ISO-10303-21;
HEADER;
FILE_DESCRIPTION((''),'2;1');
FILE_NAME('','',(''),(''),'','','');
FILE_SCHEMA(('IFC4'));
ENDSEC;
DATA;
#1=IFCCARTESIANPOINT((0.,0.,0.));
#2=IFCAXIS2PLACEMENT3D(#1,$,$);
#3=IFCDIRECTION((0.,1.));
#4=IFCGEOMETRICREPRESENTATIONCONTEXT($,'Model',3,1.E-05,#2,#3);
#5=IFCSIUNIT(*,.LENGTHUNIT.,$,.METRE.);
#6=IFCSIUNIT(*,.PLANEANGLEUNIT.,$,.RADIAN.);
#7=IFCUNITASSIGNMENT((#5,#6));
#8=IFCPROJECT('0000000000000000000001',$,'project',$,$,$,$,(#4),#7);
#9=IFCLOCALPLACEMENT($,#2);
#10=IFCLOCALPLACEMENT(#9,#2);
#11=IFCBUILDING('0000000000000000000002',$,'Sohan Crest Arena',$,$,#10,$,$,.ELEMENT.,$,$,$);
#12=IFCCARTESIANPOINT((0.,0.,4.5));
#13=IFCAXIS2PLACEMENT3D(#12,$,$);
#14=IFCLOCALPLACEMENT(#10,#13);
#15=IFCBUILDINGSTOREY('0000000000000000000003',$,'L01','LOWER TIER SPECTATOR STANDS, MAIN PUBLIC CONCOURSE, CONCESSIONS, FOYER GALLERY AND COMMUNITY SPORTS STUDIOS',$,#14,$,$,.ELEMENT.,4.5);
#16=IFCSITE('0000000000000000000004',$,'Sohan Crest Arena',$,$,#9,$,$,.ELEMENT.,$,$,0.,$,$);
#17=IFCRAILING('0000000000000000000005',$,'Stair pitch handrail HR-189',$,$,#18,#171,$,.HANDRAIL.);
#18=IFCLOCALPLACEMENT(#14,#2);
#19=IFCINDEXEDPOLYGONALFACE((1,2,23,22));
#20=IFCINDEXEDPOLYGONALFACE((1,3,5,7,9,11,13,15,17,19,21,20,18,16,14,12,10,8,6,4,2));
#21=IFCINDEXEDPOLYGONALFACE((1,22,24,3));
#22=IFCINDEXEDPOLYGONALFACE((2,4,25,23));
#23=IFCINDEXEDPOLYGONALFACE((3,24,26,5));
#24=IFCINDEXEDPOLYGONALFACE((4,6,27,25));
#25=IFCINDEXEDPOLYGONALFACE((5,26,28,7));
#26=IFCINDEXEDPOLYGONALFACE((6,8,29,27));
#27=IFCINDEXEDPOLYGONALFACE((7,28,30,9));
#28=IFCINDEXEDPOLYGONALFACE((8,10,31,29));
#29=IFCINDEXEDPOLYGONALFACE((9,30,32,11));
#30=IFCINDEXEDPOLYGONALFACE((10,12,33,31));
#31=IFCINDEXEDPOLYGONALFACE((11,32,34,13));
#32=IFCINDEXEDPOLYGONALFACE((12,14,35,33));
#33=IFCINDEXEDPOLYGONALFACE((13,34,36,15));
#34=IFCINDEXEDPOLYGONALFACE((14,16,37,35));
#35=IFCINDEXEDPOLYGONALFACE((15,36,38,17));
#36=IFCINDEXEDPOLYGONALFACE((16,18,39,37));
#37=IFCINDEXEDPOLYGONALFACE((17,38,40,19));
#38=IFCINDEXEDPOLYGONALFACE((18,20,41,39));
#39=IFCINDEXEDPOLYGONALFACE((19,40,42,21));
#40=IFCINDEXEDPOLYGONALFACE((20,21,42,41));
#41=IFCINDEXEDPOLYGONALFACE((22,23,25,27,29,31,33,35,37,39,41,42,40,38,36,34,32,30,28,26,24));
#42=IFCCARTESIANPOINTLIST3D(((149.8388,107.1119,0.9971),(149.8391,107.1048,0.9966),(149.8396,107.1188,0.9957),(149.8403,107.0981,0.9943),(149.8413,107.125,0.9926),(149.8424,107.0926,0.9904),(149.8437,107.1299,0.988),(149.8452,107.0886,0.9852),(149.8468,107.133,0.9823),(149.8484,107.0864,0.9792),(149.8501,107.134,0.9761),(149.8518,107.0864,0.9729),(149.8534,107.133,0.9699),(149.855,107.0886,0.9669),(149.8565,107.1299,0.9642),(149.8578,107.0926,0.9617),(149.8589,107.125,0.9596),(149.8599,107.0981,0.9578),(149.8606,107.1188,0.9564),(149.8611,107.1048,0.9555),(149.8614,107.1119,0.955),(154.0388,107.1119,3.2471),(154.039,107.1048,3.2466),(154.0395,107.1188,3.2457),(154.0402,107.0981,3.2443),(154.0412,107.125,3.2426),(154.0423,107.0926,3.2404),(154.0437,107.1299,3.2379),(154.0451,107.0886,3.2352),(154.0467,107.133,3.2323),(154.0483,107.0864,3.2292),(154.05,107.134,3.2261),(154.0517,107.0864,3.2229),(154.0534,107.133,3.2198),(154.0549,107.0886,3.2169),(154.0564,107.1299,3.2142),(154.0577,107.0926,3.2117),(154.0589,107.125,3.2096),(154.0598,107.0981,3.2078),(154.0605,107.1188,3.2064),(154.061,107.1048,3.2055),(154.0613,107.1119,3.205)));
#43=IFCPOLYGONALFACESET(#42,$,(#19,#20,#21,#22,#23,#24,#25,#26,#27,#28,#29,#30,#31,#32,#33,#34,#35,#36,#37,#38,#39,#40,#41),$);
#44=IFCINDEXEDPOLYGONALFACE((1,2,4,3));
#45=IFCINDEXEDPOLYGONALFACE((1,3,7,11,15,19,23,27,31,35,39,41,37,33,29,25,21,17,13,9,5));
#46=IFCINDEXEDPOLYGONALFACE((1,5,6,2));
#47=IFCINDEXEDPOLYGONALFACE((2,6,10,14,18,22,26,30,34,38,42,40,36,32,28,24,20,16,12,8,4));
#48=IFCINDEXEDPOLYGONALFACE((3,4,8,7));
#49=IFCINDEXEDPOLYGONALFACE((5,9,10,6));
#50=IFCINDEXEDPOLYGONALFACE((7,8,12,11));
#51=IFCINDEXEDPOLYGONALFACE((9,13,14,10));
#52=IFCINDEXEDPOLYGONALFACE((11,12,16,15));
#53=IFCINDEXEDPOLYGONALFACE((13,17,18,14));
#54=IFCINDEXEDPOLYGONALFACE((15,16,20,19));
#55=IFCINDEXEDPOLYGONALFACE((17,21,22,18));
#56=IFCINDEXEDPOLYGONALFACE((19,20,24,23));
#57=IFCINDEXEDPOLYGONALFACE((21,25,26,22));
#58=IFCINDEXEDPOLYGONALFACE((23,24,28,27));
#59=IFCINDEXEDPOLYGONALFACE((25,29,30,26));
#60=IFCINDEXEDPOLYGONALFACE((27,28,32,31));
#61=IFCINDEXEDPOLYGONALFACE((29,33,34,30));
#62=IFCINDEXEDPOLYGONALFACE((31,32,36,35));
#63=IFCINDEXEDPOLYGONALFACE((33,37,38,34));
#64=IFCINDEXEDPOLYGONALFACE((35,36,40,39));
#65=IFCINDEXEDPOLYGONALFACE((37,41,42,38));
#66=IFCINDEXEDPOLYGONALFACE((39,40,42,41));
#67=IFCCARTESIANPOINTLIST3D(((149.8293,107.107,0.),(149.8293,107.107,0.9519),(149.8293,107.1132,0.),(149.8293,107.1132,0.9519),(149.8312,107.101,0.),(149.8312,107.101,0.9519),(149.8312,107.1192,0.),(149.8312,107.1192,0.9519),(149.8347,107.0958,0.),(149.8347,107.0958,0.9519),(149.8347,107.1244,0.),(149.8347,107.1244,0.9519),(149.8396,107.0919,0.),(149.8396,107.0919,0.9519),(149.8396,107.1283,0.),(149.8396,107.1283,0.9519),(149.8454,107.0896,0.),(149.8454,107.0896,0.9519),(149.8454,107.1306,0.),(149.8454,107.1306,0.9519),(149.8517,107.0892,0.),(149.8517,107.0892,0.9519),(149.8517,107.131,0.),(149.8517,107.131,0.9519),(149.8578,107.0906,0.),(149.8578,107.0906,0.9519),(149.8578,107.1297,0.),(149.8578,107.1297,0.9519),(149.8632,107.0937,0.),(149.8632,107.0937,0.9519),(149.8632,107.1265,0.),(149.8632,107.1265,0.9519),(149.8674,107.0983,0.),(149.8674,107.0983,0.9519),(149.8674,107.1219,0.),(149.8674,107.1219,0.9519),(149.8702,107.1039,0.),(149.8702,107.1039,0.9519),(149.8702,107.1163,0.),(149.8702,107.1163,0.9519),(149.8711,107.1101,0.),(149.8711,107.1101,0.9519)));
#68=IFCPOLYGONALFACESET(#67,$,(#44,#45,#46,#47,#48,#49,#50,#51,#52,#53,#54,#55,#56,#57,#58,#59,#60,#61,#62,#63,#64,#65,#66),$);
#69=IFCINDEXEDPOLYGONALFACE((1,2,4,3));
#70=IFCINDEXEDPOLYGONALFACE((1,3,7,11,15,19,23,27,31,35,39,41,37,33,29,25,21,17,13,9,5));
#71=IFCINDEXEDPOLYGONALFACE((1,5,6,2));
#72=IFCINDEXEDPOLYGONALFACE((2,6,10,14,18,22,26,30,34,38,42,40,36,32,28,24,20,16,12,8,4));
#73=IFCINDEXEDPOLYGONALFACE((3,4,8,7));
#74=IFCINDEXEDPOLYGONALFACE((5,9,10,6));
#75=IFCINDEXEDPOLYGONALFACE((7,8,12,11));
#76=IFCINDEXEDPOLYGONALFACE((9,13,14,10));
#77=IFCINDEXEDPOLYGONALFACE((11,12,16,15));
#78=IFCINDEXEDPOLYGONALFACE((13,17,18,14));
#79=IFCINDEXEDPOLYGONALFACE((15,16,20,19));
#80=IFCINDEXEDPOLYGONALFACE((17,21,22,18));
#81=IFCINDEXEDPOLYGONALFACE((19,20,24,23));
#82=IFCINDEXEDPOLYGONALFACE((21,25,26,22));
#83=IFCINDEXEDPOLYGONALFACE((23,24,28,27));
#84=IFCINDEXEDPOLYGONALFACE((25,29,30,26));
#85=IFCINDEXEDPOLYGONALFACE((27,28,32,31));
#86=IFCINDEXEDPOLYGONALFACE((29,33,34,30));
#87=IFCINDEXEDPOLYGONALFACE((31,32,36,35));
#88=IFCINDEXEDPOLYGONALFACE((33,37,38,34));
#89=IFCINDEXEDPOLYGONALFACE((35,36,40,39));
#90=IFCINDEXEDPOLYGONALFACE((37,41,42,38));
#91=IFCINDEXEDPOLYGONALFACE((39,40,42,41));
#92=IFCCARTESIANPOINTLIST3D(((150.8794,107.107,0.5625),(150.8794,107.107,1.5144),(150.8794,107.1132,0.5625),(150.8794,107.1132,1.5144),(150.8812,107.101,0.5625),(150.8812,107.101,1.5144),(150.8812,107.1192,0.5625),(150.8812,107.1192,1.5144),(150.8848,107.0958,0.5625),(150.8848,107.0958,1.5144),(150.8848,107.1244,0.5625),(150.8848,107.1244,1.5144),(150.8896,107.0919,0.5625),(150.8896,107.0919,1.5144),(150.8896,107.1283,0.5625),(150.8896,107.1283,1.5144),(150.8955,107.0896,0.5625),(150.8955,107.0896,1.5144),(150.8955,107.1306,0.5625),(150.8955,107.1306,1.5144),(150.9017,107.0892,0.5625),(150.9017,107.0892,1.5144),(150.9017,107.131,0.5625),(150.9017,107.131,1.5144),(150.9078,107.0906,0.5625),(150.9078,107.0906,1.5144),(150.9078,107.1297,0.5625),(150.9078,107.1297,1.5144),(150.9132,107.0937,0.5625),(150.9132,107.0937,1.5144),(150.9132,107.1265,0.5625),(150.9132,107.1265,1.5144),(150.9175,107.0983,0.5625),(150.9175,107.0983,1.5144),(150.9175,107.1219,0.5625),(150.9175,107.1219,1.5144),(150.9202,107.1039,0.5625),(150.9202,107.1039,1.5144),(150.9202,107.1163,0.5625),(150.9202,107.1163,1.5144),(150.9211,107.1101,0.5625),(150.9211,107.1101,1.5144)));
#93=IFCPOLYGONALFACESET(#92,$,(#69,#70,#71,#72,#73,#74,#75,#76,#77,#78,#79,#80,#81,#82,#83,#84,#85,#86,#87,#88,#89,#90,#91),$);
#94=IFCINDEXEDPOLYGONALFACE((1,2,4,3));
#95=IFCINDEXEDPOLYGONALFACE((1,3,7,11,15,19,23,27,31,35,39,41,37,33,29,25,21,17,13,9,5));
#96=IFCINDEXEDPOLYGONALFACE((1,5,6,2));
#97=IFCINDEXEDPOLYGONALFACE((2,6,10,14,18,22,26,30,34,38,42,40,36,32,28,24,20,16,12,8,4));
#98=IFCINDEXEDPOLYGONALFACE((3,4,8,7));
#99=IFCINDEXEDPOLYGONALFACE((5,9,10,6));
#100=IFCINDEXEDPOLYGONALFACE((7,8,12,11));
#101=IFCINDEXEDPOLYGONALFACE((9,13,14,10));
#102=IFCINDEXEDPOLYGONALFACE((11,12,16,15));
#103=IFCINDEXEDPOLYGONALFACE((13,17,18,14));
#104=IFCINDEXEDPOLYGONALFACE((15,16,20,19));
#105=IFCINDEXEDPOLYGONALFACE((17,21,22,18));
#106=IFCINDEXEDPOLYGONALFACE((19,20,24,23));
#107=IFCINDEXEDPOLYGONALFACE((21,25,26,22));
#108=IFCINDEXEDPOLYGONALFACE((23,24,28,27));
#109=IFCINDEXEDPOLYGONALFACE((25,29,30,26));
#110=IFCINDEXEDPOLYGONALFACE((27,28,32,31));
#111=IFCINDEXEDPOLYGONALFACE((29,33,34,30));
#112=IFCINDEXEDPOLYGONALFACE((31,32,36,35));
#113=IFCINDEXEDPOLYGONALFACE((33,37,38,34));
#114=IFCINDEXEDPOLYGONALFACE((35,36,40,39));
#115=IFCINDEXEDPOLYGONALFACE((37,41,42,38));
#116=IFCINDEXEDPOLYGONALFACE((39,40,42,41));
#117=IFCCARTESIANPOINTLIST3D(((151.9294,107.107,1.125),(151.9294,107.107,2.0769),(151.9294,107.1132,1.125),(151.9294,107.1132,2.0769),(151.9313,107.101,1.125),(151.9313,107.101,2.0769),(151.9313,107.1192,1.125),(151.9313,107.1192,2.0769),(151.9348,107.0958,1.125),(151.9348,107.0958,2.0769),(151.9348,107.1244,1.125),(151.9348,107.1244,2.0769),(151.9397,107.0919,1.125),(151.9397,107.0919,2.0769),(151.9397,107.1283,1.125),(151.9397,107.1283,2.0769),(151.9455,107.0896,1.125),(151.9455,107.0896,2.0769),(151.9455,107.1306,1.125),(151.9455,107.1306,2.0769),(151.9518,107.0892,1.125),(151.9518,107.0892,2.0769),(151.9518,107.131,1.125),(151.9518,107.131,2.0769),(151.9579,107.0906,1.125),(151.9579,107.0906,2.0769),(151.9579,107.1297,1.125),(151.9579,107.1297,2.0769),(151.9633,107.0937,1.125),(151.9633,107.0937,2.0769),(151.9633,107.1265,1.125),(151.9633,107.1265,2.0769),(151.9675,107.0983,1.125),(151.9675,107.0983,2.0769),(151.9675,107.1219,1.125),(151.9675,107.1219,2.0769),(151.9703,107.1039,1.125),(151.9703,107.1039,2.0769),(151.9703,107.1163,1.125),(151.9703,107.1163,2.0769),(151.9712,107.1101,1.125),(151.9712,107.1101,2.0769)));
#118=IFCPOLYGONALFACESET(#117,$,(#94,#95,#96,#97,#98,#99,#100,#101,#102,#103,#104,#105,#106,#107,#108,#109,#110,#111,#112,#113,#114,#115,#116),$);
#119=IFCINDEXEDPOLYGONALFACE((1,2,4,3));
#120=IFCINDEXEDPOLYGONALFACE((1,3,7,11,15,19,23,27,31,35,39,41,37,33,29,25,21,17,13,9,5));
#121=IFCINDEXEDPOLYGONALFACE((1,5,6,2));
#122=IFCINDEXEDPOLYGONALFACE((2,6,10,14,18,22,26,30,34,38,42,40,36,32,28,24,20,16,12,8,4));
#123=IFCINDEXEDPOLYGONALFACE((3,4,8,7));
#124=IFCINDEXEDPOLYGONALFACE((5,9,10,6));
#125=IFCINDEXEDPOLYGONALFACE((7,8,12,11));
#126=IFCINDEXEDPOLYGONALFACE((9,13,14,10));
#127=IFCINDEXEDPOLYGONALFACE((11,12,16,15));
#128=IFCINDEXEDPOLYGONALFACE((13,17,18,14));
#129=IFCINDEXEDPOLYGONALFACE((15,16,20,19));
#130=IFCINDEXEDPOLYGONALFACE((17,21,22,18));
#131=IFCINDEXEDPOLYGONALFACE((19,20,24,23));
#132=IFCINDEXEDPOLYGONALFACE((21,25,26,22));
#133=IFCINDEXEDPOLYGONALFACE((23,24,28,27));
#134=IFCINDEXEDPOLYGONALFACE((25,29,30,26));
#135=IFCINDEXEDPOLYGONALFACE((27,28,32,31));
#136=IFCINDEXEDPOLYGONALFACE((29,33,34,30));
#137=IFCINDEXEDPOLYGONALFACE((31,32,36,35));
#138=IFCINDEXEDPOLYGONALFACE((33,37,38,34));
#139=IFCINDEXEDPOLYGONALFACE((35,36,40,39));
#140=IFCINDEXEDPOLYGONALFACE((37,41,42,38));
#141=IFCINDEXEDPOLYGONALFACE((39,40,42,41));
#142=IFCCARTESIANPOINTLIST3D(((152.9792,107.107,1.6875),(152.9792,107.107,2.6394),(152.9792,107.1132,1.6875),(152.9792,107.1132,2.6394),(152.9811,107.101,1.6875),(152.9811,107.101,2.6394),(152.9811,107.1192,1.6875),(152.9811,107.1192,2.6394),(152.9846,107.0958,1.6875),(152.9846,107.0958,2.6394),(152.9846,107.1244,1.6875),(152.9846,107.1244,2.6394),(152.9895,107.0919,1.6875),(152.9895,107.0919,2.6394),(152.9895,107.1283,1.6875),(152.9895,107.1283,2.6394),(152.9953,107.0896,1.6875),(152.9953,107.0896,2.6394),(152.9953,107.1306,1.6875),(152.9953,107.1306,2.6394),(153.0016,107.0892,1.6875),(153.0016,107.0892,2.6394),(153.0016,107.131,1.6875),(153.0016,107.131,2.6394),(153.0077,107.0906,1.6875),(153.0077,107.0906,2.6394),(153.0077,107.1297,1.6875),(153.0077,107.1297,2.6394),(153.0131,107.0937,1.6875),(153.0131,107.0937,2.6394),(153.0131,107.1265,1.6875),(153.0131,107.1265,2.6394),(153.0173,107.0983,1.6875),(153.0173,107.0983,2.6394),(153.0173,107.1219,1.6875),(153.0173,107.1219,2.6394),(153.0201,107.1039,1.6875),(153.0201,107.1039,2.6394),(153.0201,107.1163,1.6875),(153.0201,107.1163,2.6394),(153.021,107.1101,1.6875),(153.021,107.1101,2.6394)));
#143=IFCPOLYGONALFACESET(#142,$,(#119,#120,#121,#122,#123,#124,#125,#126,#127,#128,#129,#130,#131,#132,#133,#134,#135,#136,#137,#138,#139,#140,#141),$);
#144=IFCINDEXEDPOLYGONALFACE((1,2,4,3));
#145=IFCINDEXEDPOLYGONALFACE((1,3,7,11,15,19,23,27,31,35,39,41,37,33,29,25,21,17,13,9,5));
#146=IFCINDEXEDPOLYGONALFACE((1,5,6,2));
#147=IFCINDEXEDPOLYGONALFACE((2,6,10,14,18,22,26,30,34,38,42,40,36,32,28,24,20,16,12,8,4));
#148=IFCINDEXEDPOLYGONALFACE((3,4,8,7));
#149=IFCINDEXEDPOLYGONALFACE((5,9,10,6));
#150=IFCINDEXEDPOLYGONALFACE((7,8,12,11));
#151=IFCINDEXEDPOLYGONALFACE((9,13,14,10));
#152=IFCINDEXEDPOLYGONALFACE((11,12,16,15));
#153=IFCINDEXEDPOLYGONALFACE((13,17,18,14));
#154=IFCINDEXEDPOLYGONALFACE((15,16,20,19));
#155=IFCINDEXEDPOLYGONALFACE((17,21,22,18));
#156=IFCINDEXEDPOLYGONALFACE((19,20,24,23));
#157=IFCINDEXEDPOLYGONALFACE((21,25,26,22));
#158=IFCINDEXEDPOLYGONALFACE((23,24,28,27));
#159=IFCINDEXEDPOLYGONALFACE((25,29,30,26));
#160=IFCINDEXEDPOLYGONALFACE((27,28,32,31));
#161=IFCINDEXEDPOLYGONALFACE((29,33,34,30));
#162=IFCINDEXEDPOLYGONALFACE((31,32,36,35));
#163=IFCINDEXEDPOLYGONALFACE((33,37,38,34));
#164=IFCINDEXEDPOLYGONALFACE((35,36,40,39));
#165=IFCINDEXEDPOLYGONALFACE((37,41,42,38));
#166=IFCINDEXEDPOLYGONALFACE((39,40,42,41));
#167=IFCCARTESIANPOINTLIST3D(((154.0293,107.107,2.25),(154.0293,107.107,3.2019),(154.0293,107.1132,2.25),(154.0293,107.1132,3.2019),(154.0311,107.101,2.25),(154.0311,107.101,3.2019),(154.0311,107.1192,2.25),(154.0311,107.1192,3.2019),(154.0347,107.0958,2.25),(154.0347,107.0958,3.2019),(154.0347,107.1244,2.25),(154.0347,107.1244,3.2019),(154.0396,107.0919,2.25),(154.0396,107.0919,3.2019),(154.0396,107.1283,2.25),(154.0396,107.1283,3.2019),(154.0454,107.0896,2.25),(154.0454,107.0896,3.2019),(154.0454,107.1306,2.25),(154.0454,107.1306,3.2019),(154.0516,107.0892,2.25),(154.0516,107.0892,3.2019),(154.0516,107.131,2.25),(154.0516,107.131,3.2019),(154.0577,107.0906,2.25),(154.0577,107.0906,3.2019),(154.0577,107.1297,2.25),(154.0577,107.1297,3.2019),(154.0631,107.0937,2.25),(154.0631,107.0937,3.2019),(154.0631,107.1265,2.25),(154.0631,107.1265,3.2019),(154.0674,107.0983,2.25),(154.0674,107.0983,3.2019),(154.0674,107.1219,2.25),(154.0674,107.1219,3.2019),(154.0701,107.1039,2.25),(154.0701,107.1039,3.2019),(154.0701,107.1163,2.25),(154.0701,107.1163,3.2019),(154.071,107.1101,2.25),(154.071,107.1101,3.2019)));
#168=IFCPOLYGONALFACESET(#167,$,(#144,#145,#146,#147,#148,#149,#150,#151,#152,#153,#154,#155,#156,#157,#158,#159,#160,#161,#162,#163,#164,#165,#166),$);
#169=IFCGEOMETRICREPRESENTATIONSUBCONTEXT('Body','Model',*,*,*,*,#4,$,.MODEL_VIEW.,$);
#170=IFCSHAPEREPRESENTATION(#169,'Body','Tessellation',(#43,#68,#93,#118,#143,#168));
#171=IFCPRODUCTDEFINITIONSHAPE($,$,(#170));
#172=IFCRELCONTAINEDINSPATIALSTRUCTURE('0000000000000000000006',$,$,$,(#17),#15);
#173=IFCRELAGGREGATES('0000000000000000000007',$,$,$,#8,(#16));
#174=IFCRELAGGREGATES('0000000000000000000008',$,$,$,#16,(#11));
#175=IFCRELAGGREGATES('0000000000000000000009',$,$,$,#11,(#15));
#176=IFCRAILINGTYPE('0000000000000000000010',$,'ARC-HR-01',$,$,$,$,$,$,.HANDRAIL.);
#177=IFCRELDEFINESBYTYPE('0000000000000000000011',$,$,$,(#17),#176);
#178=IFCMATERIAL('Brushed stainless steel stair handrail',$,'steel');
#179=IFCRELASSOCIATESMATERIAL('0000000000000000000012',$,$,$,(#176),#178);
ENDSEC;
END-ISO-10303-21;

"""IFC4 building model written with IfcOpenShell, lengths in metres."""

from ifc_helpers import new_model, si_unit, direction, frame, origin, origin_2d, place, context, subcontext, project, spatial, circle, extrude, material, type_object, element, save


model = new_model("IFC4")

# Units and contexts
model_context = context("Model", 3, precision=1e-05, world=origin(), true_north=direction((0.0, 1.0)))
body_context = subcontext(model_context, "Body", "Model", "MODEL_VIEW")
ifc_project = project(units=[si_unit("LENGTHUNIT", "METRE"), si_unit("PLANEANGLEUNIT", "RADIAN")], contexts=[model_context])

# Site, building, storey
site_placement = place(None, origin())
site = spatial("IfcSite", under=ifc_project, at=site_placement, Name="Sohan Crest Arena", CompositionType="ELEMENT", RefElevation=0.0)
building_placement = place(site_placement, origin())
building = spatial("IfcBuilding", under=site, at=building_placement, Name="Sohan Crest Arena", CompositionType="ELEMENT")
storey_placement = place(building_placement, frame((0.0, 0.0, 4.5)))
storey = spatial("IfcBuildingStorey", under=building, at=storey_placement, Name="L01", Description="LOWER TIER SPECTATOR STANDS, MAIN PUBLIC CONCOURSE, CONCESSIONS, FOYER GALLERY AND COMMUNITY SPORTS STUDIOS", CompositionType="ELEMENT", Elevation=4.5)

# Railing
ifc_material_1 = material(Name="Brushed stainless steel stair handrail", Category="steel")
railing_type_1 = type_object("IfcRailingType", Name="ARC-HR-01", PredefinedType="HANDRAIL", material=ifc_material_1)
for number, where, name in (
    (1, (149.8501, 107.1101, 0.0), "Stair pitch handrail HR-189"),
):
    element("IfcRailing", number, at=place(storey_placement, frame(where)), inside=storey, type_object=railing_type_1, Name=name, PredefinedType="HANDRAIL", context=body_context, shape_type="SweptSolid", body=[
        extrude(circle(Radius=0.0239, at=origin_2d()), frame((0.0, 0.0, 0.9761), z_axis=(0.881478, 0.0, 0.472226), x_axis=(0.0, 1.0, 0.0)), (0.0, 0.0, 1.0), 4.7646),
        extrude(circle(Radius=0.021, at=origin_2d()), origin(), (0.0, 0.0, 1.0), 0.9519),
        extrude(circle(Radius=0.021, at=origin_2d()), frame((1.05, 0.0, 0.5625)), (0.0, 0.0, 1.0), 0.9519),
        extrude(circle(Radius=0.021, at=origin_2d()), frame((2.1001, 0.0, 1.125)), (0.0, 0.0, 1.0), 0.9519),
        extrude(circle(Radius=0.021, at=origin_2d()), frame((3.1499, 0.0, 1.6875)), (0.0, 0.0, 1.0), 0.9519),
        extrude(circle(Radius=0.021, at=origin_2d()), frame((4.2, 0.0, 2.25)), (0.0, 0.0, 1.0), 0.9519),
    ])

save(model, "model.ifc")
